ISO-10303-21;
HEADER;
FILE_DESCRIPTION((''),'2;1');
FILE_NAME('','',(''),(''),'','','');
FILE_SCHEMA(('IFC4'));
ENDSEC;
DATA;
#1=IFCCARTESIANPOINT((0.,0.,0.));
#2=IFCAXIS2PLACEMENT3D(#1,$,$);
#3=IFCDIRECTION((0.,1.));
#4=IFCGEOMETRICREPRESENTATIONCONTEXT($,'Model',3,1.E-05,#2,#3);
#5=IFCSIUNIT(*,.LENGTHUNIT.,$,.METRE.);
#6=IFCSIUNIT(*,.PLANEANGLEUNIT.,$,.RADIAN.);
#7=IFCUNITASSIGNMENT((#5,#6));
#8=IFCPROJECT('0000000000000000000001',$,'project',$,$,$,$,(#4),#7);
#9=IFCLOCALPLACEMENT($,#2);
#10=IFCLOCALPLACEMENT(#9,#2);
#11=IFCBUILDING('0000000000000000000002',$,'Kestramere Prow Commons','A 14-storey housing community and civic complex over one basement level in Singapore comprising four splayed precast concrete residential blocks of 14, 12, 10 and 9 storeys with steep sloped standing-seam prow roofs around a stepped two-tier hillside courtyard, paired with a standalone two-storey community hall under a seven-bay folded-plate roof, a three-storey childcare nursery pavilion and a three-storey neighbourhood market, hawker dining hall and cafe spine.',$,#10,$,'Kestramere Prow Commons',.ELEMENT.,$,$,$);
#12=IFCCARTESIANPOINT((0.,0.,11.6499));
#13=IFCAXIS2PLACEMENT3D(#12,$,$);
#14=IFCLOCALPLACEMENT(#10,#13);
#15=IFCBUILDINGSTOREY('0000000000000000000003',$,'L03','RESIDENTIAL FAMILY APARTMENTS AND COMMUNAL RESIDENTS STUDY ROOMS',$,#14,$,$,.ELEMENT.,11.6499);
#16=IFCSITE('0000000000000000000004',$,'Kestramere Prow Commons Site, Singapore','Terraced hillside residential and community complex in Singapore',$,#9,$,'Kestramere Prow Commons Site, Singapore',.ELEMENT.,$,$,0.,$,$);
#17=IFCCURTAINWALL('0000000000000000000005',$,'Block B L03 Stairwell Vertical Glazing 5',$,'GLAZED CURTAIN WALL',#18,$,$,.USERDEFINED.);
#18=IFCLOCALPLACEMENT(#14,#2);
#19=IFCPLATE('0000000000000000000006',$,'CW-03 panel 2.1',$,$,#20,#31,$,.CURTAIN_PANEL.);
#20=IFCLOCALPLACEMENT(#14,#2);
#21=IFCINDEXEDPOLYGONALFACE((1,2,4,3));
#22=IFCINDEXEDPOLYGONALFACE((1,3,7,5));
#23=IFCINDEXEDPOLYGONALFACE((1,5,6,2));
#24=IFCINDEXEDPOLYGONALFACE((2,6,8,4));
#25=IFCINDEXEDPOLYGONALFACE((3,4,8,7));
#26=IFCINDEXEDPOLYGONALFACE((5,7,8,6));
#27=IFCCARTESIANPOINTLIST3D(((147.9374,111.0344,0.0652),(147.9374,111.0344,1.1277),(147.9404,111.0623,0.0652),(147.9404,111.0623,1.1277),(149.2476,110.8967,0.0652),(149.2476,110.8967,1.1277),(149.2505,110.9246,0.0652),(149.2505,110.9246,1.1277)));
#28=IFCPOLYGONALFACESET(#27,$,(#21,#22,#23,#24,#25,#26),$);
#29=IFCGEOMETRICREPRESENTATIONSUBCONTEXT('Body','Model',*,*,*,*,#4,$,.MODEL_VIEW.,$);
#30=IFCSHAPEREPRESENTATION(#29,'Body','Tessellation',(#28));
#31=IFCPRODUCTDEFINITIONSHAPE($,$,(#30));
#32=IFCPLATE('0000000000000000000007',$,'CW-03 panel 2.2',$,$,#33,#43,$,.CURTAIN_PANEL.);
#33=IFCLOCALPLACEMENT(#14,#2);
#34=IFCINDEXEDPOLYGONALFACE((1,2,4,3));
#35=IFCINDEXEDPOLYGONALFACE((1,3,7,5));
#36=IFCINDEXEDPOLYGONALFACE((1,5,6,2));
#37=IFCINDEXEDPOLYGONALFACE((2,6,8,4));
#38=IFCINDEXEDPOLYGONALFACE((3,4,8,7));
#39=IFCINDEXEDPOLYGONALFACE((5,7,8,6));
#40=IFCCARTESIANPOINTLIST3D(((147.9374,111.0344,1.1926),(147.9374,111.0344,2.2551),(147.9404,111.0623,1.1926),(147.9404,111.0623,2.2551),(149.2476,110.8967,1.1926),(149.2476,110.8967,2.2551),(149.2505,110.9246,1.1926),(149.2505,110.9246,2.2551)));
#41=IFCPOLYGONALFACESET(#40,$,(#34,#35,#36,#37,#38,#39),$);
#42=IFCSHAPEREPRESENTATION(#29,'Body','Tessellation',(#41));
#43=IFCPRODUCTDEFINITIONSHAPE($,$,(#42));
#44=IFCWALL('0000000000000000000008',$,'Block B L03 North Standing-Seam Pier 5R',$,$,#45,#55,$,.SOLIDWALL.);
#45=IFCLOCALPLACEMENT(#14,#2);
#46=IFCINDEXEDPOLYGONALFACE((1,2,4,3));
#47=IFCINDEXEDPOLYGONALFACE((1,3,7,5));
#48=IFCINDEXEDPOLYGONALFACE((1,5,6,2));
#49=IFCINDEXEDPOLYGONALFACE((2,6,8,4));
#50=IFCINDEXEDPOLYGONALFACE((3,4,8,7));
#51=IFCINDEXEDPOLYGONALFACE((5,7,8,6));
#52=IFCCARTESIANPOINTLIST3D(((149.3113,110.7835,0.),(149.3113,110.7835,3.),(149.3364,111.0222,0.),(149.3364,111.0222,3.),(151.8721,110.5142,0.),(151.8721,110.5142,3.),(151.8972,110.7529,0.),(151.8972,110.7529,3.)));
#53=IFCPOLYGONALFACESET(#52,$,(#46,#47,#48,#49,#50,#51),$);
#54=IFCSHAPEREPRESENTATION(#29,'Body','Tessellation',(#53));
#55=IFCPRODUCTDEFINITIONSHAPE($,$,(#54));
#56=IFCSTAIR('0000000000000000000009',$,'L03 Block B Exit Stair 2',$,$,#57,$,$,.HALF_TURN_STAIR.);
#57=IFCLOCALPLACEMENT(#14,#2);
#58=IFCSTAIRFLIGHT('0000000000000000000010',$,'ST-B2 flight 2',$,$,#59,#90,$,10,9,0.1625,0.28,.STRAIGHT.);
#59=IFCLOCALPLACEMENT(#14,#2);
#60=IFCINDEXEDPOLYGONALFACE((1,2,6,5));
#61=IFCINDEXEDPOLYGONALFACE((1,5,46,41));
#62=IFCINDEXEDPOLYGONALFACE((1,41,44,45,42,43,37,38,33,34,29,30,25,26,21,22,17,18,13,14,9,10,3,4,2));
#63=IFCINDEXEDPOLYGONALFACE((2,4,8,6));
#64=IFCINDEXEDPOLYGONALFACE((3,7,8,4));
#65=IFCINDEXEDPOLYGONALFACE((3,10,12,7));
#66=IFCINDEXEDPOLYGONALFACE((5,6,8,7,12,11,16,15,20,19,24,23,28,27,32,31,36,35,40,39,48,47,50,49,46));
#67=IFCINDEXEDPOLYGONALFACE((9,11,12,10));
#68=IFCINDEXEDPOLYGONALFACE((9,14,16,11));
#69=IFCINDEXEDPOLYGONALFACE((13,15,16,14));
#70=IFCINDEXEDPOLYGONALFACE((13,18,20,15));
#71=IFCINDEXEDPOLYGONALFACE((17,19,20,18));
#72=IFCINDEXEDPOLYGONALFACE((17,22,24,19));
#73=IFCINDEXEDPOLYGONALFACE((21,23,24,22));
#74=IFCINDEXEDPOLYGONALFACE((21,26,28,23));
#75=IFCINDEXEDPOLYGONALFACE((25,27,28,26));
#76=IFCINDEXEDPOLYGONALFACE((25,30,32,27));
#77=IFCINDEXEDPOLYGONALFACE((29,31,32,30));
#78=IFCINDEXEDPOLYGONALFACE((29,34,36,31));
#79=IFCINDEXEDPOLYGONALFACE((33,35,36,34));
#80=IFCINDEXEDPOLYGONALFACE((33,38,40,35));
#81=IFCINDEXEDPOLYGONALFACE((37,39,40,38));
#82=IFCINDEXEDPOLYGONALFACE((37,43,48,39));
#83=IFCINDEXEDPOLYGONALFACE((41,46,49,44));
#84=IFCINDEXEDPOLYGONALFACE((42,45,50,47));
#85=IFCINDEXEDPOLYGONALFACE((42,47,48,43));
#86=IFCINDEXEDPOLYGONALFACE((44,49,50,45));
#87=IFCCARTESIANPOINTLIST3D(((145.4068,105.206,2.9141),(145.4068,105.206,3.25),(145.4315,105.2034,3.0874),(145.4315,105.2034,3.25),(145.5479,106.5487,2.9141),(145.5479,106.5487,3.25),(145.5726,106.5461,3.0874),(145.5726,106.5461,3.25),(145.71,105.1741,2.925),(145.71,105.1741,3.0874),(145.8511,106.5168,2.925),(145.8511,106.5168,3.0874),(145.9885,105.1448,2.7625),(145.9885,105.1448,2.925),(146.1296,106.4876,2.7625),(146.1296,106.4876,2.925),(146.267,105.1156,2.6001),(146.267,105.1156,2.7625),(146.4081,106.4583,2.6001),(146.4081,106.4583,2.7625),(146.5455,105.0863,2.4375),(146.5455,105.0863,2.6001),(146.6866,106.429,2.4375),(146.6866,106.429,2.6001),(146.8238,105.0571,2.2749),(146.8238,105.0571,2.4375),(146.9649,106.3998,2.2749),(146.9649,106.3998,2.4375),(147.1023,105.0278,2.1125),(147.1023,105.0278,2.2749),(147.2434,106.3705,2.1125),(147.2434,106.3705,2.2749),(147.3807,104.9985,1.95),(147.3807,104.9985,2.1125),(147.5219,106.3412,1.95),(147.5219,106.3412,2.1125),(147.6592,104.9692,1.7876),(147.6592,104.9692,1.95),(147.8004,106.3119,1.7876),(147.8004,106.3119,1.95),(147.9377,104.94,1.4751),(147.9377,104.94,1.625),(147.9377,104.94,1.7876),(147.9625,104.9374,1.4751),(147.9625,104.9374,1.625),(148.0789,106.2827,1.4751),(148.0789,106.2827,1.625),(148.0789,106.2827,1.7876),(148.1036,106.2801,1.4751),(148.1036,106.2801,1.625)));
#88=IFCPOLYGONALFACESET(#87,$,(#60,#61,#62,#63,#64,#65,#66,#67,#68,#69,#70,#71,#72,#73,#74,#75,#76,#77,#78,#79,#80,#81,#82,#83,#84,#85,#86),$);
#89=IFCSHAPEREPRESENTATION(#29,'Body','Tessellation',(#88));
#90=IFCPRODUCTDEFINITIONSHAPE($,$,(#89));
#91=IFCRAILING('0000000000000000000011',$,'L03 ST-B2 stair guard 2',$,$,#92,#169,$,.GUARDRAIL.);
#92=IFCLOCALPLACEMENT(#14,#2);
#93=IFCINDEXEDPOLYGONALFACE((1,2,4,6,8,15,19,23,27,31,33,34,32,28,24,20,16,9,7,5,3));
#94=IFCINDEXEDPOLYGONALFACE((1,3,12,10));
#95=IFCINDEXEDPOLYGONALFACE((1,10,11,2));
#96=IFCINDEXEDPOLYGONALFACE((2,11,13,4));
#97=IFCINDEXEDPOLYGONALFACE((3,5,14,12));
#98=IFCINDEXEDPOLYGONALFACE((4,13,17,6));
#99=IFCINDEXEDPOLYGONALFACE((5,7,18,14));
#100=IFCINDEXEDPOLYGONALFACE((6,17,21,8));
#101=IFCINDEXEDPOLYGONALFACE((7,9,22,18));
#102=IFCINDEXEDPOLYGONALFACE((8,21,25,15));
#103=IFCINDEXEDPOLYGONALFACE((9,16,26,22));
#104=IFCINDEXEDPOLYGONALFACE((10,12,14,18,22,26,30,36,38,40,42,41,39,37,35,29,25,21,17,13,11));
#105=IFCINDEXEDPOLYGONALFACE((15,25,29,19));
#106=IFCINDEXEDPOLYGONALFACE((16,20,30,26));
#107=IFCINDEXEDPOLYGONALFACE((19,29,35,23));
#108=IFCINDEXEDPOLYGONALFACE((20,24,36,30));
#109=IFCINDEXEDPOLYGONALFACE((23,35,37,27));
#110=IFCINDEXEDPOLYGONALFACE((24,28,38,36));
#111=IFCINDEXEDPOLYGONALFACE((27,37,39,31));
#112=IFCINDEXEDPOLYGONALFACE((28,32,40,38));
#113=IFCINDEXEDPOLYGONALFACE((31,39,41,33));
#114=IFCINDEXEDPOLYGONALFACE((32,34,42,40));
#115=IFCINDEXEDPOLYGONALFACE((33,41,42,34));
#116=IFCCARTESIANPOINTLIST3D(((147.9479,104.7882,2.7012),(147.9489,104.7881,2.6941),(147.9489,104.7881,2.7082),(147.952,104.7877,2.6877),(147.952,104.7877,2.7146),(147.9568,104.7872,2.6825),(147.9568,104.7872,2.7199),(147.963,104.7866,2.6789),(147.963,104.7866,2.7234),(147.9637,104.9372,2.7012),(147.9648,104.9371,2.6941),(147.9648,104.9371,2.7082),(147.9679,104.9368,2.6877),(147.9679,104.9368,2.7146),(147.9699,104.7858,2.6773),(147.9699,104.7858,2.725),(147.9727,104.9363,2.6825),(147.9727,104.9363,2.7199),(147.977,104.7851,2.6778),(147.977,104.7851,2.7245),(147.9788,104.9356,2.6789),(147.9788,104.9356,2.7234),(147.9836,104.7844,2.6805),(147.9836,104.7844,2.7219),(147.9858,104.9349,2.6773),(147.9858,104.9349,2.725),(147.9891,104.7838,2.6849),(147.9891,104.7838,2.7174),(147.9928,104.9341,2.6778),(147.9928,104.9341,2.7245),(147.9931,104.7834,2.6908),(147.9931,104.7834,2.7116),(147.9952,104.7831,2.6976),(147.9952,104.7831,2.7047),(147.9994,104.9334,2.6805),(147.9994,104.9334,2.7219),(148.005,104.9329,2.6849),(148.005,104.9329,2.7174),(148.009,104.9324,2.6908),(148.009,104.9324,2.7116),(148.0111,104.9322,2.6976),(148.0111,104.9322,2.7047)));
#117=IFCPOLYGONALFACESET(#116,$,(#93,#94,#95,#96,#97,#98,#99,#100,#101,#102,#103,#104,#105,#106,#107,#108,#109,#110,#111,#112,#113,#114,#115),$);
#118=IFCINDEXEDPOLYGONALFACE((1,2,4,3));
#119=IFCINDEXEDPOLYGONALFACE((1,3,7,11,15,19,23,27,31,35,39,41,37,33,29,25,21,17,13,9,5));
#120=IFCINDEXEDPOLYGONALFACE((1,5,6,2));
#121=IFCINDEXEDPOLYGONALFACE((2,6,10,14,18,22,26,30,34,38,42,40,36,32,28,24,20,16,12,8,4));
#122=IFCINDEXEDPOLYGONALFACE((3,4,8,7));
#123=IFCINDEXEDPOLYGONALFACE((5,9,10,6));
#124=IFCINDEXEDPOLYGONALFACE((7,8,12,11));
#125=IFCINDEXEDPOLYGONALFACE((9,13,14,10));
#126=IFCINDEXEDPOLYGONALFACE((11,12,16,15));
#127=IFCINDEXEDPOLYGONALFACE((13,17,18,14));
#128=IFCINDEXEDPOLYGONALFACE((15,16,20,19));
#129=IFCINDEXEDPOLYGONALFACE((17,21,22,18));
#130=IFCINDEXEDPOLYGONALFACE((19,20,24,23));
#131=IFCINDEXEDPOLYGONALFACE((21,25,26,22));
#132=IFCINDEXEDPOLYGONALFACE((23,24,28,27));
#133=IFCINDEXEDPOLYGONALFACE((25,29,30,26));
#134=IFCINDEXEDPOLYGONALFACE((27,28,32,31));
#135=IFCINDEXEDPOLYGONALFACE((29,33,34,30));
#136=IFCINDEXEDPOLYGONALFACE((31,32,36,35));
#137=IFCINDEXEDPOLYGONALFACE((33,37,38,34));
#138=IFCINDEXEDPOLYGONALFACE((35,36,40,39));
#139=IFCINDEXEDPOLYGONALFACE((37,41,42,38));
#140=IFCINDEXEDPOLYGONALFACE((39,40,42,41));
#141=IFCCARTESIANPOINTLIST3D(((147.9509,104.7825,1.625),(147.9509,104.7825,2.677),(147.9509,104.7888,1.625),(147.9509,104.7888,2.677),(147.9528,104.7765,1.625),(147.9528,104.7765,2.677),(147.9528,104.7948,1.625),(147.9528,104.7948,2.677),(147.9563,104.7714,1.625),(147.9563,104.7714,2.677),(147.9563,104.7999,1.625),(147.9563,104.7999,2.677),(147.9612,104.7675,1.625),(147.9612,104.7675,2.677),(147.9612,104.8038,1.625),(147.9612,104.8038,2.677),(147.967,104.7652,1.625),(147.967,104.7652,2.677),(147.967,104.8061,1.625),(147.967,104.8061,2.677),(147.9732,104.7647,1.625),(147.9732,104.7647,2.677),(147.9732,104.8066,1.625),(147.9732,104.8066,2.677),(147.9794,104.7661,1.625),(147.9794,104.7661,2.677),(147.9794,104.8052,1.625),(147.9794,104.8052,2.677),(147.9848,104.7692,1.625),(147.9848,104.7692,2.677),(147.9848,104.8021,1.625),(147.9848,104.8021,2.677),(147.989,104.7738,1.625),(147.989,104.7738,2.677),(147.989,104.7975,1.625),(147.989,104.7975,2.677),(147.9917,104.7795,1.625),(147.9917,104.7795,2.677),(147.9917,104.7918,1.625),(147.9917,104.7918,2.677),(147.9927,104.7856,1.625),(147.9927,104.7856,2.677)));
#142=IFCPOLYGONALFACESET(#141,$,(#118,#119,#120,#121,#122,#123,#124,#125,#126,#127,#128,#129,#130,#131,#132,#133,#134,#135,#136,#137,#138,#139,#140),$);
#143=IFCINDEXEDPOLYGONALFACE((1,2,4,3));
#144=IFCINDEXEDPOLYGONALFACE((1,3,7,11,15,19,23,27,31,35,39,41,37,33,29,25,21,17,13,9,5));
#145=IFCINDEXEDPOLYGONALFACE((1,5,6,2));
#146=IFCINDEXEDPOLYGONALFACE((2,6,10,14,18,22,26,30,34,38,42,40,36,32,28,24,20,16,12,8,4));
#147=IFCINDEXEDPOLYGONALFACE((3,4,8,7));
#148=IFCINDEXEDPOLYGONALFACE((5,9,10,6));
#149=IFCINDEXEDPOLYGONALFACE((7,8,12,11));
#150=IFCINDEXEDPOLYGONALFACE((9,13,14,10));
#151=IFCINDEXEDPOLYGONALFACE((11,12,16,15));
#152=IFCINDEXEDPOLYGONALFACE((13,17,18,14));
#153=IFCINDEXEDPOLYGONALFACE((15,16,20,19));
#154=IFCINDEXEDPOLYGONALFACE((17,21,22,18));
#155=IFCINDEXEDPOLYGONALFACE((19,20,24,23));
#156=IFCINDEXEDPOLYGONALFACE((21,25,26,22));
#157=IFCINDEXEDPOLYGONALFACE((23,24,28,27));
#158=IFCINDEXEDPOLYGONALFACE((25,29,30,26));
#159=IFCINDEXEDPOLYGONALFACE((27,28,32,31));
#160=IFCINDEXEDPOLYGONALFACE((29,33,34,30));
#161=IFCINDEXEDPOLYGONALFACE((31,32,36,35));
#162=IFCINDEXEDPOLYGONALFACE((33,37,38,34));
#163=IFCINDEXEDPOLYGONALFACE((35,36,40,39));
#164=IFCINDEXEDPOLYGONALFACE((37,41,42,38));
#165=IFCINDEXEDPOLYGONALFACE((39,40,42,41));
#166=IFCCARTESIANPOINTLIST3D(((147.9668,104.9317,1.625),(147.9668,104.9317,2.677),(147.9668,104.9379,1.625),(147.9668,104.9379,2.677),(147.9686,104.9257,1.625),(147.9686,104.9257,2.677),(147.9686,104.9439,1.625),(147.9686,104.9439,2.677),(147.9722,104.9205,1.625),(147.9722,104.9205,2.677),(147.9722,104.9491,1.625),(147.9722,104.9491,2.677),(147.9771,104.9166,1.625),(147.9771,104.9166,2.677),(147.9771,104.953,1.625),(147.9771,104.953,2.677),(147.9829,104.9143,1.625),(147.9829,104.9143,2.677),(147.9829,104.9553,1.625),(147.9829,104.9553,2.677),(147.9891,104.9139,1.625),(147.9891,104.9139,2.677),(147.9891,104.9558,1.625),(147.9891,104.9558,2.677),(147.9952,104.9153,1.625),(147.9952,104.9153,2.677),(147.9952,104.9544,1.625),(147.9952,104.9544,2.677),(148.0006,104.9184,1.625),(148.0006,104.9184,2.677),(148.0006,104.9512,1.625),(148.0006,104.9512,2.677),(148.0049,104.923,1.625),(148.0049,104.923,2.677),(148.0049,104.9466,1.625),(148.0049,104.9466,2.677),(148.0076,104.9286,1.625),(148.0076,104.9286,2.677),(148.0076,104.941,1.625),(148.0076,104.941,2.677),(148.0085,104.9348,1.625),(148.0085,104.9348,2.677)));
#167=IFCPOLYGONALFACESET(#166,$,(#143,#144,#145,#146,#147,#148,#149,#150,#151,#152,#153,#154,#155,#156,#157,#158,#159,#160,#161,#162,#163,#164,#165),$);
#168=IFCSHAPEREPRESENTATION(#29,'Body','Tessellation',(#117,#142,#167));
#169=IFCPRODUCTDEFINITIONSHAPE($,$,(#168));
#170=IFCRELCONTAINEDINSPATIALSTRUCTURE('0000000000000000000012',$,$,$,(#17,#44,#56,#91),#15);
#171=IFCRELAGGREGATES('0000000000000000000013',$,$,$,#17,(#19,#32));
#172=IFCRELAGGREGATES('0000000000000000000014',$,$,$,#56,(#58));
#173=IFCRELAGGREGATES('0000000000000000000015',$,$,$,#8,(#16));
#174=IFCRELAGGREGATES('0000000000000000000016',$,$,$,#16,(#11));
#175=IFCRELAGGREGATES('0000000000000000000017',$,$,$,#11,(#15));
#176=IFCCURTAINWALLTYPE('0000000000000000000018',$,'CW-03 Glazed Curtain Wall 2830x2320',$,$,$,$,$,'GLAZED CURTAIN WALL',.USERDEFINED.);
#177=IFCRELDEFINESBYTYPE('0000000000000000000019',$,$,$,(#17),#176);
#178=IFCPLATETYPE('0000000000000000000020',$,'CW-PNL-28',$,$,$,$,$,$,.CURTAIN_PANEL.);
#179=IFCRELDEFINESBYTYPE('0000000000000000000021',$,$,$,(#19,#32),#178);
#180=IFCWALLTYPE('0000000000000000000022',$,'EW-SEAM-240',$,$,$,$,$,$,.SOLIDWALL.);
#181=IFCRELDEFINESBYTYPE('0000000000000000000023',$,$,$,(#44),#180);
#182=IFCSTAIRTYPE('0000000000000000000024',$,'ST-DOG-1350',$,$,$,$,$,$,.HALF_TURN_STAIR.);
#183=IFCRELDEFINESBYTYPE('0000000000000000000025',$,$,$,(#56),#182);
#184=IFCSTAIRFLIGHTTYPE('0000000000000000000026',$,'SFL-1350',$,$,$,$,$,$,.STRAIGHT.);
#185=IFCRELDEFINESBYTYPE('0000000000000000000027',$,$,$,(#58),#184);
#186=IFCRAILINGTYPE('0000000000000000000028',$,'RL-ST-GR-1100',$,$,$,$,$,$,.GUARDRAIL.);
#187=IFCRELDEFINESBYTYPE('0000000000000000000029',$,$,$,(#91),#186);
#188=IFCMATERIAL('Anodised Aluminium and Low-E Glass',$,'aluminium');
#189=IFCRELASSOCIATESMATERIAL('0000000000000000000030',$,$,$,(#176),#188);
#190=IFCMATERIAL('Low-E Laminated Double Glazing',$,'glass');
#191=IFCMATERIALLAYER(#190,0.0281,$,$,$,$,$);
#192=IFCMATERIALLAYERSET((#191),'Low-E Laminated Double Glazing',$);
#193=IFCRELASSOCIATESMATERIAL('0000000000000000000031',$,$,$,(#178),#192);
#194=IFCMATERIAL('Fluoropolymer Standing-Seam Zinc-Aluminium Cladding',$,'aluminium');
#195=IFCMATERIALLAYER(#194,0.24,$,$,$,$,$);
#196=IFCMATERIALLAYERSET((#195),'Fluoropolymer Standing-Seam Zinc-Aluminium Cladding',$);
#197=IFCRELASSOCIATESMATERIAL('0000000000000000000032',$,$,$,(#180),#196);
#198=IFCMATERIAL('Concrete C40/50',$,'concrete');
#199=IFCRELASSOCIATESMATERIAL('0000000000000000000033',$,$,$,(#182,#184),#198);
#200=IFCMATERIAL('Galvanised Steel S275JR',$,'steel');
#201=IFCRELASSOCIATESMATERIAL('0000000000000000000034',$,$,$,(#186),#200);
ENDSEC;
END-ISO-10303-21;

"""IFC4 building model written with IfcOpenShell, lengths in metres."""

from ifc_helpers import new_model, si_unit, direction, frame, frame_2d, origin, origin_2d, place, context, subcontext, project, spatial, polyline, rectangle, circle, outline, extrude, material, layer, layer_set, type_object, element, aggregate, save


model = new_model("IFC4")

# Units and contexts
model_context = context("Model", 3, precision=1e-05, world=origin(), true_north=direction((0.0, 1.0)))
body_context = subcontext(model_context, "Body", "Model", "MODEL_VIEW")
ifc_project = project(units=[si_unit("LENGTHUNIT", "METRE"), si_unit("PLANEANGLEUNIT", "RADIAN")], contexts=[model_context])

# Site, building, storey
site_placement = place(None, origin())
site = spatial("IfcSite", under=ifc_project, at=site_placement, Name="Kestramere Prow Commons Site, Singapore", Description="Terraced hillside residential and community complex in Singapore", LongName="Kestramere Prow Commons Site, Singapore", CompositionType="ELEMENT", RefElevation=0.0)
building_placement = place(site_placement, origin())
building = spatial("IfcBuilding", under=site, at=building_placement, Name="Kestramere Prow Commons", Description="A 14-storey housing community and civic complex over one basement level in Singapore comprising four splayed precast concrete residential blocks of 14, 12, 10 and 9 storeys with steep sloped standing-seam prow roofs around a stepped two-tier hillside courtyard, paired with a standalone two-storey community hall under a seven-bay folded-plate roof, a three-storey childcare nursery pavilion and a three-storey neighbourhood market, hawker dining hall and cafe spine.", LongName="Kestramere Prow Commons", CompositionType="ELEMENT")
storey_placement = place(building_placement, frame((0.0, 0.0, 11.6499)))
storey = spatial("IfcBuildingStorey", under=building, at=storey_placement, Name="L03", Description="RESIDENTIAL FAMILY APARTMENTS AND COMMUNAL RESIDENTS STUDY ROOMS", CompositionType="ELEMENT", Elevation=11.6499)

# Shared definitions
ifc_material_1 = material(Name="Concrete C40/50", Category="concrete")

# Curtain wall, plates
ifc_material_2 = material(Name="Anodised Aluminium and Low-E Glass", Category="aluminium")
curtain_wall_type = type_object("IfcCurtainWallType", Name="CW-03 Glazed Curtain Wall 2830x2320", ElementType="GLAZED CURTAIN WALL", PredefinedType="USERDEFINED", material=ifc_material_2)
curtain_wall_placement = place(storey_placement, origin())
curtain_wall = element("IfcCurtainWall", 1, at=curtain_wall_placement, inside=storey, type_object=curtain_wall_type, Name="Block B L03 Stairwell Vertical Glazing 5", ObjectType="GLAZED CURTAIN WALL", PredefinedType="USERDEFINED")
ifc_material_3 = material(Name="Low-E Laminated Double Glazing", Category="glass")
ifc_layer_1 = layer(ifc_material_3, 0.0281)
ifc_layer_set_1 = layer_set([ifc_layer_1], Name="Low-E Laminated Double Glazing")
plate_type = type_object("IfcPlateType", Name="CW-PNL-28", PredefinedType="CURTAIN_PANEL", material=ifc_layer_set_1)
plate_1_placement = place(storey_placement, frame((148.594, 110.9795, 0.0652), z_axis=(0.0, 0.0, 1.0), x_axis=(0.994522, -0.104528, 0.0)))
plate_1 = element("IfcPlate", 2, at=plate_1_placement, type_object=plate_type, Name="CW-03 panel 2.1", PredefinedType="CURTAIN_PANEL", context=body_context, shape_type="SweptSolid", body=[
    extrude(rectangle(XDim=1.3174, YDim=0.0281, at=origin_2d()), origin(), (0.0, 0.0, 1.0), 1.0625),
])
plate_2_placement = place(storey_placement, frame((148.594, 110.9795, 1.1926), z_axis=(0.0, 0.0, 1.0), x_axis=(0.994522, -0.104528, 0.0)))
plate_2 = element("IfcPlate", 3, at=plate_2_placement, type_object=plate_type, Name="CW-03 panel 2.2", PredefinedType="CURTAIN_PANEL", context=body_context, shape_type="SweptSolid", body=[
    extrude(rectangle(XDim=1.3174, YDim=0.0281, at=origin_2d()), origin(), (0.0, 0.0, 1.0), 1.0625),
])
aggregate(curtain_wall, [plate_1, plate_2])

# Wall
ifc_material_4 = material(Name="Fluoropolymer Standing-Seam Zinc-Aluminium Cladding", Category="aluminium")
ifc_layer_2 = layer(ifc_material_4, 0.24)
ifc_layer_set_2 = layer_set([ifc_layer_2], Name="Fluoropolymer Standing-Seam Zinc-Aluminium Cladding")
wall_type = type_object("IfcWallType", Name="EW-SEAM-240", PredefinedType="SOLIDWALL", material=ifc_layer_set_2)
wall_placement = place(storey_placement, frame((149.3237, 110.9028, 0.0), z_axis=(0.0, 0.0, 1.0), x_axis=(0.994516, -0.104581, 0.0)))
element("IfcWall", 4, at=wall_placement, inside=storey, type_object=wall_type, Name="Block B L03 North Standing-Seam Pier 5R", PredefinedType="SOLIDWALL", context=body_context, shape_type="SweptSolid", body=[
    extrude(rectangle(XDim=2.575, YDim=0.24, at=frame_2d((1.2876, 0.0))), origin(), (0.0, 0.0, 1.0), 3.0),
])

# Stair, stair flight
stair_type = type_object("IfcStairType", Name="ST-DOG-1350", PredefinedType="HALF_TURN_STAIR", material=ifc_material_1)
stair_placement = place(storey_placement, origin())
stair = element("IfcStair", 5, at=stair_placement, inside=storey, type_object=stair_type, Name="L03 Block B Exit Stair 2", PredefinedType="HALF_TURN_STAIR")
stair_flight_type = type_object("IfcStairFlightType", Name="SFL-1350", PredefinedType="STRAIGHT", material=ifc_material_1)
stair_flight_placement = place(storey_placement, frame((148.0083, 105.6113, 1.625), z_axis=(0.0, 0.0, 1.0), x_axis=(-0.994522, 0.104528, 0.0)))
stair_flight = element("IfcStairFlight", 6, at=stair_flight_placement, type_object=stair_flight_type, Name="ST-B2 flight 2", NumberOfRisers=10, NumberOfTreads=9, PredefinedType="STRAIGHT", RiserHeight=0.1625, TreadLength=0.28, context=body_context, shape_type="SweptSolid", body=[
    extrude(outline(polyline([(-0.0249, 0.0), (0.0, 0.0), (0.0, 0.1626), (0.28, 0.1626), (0.28, 0.325), (0.5601, 0.325), (0.5601, 0.4875), (0.8401, 0.4875), (0.8401, 0.6499), (1.1201, 0.6499), (1.1201, 0.8125), (1.3999, 0.8125), (1.3999, 0.9751), (1.6799, 0.9751), (1.6799, 1.1375), (1.96, 1.1375), (1.96, 1.3), (2.24, 1.3), (2.24, 1.4624), (2.52, 1.4624), (2.52, 1.625), (2.5449, 1.625), (2.5449, 1.2891), (0.0, -0.1499), (-0.0249, -0.1499), (-0.0249, 0.0)])), frame((0.0, 0.675, 0.0), z_axis=(0.0, -1.0, 0.0), x_axis=(1.0, 0.0, 0.0)), (0.0, 0.0, 1.0), 1.3501),
])
aggregate(stair, [stair_flight])

# Railing
ifc_material_5 = material(Name="Galvanised Steel S275JR", Category="steel")
railing_type_1 = type_object("IfcRailingType", Name="RL-ST-GR-1100", PredefinedType="GUARDRAIL", material=ifc_material_5)
railing_1_placement = place(storey_placement, frame((147.9717, 104.7856, 1.625)))
element("IfcRailing", 7, at=railing_1_placement, inside=storey, type_object=railing_type_1, Name="L03 ST-B2 stair guard 2", PredefinedType="GUARDRAIL", context=body_context, shape_type="SweptSolid", body=[
    extrude(circle(Radius=0.0239, at=origin_2d()), frame((0.0, 0.0, 1.0762), z_axis=(0.105786, 0.994389, 0.0), x_axis=(-0.994389, 0.105786, 0.0)), (0.0, 0.0, 1.0), 0.1499),
    extrude(circle(Radius=0.021, at=origin_2d()), origin(), (0.0, 0.0, 1.0), 1.052),
    extrude(circle(Radius=0.021, at=origin_2d()), frame((0.0159, 0.1492, 0.0)), (0.0, 0.0, 1.0), 1.052),
])

save(model, "model.ifc")
